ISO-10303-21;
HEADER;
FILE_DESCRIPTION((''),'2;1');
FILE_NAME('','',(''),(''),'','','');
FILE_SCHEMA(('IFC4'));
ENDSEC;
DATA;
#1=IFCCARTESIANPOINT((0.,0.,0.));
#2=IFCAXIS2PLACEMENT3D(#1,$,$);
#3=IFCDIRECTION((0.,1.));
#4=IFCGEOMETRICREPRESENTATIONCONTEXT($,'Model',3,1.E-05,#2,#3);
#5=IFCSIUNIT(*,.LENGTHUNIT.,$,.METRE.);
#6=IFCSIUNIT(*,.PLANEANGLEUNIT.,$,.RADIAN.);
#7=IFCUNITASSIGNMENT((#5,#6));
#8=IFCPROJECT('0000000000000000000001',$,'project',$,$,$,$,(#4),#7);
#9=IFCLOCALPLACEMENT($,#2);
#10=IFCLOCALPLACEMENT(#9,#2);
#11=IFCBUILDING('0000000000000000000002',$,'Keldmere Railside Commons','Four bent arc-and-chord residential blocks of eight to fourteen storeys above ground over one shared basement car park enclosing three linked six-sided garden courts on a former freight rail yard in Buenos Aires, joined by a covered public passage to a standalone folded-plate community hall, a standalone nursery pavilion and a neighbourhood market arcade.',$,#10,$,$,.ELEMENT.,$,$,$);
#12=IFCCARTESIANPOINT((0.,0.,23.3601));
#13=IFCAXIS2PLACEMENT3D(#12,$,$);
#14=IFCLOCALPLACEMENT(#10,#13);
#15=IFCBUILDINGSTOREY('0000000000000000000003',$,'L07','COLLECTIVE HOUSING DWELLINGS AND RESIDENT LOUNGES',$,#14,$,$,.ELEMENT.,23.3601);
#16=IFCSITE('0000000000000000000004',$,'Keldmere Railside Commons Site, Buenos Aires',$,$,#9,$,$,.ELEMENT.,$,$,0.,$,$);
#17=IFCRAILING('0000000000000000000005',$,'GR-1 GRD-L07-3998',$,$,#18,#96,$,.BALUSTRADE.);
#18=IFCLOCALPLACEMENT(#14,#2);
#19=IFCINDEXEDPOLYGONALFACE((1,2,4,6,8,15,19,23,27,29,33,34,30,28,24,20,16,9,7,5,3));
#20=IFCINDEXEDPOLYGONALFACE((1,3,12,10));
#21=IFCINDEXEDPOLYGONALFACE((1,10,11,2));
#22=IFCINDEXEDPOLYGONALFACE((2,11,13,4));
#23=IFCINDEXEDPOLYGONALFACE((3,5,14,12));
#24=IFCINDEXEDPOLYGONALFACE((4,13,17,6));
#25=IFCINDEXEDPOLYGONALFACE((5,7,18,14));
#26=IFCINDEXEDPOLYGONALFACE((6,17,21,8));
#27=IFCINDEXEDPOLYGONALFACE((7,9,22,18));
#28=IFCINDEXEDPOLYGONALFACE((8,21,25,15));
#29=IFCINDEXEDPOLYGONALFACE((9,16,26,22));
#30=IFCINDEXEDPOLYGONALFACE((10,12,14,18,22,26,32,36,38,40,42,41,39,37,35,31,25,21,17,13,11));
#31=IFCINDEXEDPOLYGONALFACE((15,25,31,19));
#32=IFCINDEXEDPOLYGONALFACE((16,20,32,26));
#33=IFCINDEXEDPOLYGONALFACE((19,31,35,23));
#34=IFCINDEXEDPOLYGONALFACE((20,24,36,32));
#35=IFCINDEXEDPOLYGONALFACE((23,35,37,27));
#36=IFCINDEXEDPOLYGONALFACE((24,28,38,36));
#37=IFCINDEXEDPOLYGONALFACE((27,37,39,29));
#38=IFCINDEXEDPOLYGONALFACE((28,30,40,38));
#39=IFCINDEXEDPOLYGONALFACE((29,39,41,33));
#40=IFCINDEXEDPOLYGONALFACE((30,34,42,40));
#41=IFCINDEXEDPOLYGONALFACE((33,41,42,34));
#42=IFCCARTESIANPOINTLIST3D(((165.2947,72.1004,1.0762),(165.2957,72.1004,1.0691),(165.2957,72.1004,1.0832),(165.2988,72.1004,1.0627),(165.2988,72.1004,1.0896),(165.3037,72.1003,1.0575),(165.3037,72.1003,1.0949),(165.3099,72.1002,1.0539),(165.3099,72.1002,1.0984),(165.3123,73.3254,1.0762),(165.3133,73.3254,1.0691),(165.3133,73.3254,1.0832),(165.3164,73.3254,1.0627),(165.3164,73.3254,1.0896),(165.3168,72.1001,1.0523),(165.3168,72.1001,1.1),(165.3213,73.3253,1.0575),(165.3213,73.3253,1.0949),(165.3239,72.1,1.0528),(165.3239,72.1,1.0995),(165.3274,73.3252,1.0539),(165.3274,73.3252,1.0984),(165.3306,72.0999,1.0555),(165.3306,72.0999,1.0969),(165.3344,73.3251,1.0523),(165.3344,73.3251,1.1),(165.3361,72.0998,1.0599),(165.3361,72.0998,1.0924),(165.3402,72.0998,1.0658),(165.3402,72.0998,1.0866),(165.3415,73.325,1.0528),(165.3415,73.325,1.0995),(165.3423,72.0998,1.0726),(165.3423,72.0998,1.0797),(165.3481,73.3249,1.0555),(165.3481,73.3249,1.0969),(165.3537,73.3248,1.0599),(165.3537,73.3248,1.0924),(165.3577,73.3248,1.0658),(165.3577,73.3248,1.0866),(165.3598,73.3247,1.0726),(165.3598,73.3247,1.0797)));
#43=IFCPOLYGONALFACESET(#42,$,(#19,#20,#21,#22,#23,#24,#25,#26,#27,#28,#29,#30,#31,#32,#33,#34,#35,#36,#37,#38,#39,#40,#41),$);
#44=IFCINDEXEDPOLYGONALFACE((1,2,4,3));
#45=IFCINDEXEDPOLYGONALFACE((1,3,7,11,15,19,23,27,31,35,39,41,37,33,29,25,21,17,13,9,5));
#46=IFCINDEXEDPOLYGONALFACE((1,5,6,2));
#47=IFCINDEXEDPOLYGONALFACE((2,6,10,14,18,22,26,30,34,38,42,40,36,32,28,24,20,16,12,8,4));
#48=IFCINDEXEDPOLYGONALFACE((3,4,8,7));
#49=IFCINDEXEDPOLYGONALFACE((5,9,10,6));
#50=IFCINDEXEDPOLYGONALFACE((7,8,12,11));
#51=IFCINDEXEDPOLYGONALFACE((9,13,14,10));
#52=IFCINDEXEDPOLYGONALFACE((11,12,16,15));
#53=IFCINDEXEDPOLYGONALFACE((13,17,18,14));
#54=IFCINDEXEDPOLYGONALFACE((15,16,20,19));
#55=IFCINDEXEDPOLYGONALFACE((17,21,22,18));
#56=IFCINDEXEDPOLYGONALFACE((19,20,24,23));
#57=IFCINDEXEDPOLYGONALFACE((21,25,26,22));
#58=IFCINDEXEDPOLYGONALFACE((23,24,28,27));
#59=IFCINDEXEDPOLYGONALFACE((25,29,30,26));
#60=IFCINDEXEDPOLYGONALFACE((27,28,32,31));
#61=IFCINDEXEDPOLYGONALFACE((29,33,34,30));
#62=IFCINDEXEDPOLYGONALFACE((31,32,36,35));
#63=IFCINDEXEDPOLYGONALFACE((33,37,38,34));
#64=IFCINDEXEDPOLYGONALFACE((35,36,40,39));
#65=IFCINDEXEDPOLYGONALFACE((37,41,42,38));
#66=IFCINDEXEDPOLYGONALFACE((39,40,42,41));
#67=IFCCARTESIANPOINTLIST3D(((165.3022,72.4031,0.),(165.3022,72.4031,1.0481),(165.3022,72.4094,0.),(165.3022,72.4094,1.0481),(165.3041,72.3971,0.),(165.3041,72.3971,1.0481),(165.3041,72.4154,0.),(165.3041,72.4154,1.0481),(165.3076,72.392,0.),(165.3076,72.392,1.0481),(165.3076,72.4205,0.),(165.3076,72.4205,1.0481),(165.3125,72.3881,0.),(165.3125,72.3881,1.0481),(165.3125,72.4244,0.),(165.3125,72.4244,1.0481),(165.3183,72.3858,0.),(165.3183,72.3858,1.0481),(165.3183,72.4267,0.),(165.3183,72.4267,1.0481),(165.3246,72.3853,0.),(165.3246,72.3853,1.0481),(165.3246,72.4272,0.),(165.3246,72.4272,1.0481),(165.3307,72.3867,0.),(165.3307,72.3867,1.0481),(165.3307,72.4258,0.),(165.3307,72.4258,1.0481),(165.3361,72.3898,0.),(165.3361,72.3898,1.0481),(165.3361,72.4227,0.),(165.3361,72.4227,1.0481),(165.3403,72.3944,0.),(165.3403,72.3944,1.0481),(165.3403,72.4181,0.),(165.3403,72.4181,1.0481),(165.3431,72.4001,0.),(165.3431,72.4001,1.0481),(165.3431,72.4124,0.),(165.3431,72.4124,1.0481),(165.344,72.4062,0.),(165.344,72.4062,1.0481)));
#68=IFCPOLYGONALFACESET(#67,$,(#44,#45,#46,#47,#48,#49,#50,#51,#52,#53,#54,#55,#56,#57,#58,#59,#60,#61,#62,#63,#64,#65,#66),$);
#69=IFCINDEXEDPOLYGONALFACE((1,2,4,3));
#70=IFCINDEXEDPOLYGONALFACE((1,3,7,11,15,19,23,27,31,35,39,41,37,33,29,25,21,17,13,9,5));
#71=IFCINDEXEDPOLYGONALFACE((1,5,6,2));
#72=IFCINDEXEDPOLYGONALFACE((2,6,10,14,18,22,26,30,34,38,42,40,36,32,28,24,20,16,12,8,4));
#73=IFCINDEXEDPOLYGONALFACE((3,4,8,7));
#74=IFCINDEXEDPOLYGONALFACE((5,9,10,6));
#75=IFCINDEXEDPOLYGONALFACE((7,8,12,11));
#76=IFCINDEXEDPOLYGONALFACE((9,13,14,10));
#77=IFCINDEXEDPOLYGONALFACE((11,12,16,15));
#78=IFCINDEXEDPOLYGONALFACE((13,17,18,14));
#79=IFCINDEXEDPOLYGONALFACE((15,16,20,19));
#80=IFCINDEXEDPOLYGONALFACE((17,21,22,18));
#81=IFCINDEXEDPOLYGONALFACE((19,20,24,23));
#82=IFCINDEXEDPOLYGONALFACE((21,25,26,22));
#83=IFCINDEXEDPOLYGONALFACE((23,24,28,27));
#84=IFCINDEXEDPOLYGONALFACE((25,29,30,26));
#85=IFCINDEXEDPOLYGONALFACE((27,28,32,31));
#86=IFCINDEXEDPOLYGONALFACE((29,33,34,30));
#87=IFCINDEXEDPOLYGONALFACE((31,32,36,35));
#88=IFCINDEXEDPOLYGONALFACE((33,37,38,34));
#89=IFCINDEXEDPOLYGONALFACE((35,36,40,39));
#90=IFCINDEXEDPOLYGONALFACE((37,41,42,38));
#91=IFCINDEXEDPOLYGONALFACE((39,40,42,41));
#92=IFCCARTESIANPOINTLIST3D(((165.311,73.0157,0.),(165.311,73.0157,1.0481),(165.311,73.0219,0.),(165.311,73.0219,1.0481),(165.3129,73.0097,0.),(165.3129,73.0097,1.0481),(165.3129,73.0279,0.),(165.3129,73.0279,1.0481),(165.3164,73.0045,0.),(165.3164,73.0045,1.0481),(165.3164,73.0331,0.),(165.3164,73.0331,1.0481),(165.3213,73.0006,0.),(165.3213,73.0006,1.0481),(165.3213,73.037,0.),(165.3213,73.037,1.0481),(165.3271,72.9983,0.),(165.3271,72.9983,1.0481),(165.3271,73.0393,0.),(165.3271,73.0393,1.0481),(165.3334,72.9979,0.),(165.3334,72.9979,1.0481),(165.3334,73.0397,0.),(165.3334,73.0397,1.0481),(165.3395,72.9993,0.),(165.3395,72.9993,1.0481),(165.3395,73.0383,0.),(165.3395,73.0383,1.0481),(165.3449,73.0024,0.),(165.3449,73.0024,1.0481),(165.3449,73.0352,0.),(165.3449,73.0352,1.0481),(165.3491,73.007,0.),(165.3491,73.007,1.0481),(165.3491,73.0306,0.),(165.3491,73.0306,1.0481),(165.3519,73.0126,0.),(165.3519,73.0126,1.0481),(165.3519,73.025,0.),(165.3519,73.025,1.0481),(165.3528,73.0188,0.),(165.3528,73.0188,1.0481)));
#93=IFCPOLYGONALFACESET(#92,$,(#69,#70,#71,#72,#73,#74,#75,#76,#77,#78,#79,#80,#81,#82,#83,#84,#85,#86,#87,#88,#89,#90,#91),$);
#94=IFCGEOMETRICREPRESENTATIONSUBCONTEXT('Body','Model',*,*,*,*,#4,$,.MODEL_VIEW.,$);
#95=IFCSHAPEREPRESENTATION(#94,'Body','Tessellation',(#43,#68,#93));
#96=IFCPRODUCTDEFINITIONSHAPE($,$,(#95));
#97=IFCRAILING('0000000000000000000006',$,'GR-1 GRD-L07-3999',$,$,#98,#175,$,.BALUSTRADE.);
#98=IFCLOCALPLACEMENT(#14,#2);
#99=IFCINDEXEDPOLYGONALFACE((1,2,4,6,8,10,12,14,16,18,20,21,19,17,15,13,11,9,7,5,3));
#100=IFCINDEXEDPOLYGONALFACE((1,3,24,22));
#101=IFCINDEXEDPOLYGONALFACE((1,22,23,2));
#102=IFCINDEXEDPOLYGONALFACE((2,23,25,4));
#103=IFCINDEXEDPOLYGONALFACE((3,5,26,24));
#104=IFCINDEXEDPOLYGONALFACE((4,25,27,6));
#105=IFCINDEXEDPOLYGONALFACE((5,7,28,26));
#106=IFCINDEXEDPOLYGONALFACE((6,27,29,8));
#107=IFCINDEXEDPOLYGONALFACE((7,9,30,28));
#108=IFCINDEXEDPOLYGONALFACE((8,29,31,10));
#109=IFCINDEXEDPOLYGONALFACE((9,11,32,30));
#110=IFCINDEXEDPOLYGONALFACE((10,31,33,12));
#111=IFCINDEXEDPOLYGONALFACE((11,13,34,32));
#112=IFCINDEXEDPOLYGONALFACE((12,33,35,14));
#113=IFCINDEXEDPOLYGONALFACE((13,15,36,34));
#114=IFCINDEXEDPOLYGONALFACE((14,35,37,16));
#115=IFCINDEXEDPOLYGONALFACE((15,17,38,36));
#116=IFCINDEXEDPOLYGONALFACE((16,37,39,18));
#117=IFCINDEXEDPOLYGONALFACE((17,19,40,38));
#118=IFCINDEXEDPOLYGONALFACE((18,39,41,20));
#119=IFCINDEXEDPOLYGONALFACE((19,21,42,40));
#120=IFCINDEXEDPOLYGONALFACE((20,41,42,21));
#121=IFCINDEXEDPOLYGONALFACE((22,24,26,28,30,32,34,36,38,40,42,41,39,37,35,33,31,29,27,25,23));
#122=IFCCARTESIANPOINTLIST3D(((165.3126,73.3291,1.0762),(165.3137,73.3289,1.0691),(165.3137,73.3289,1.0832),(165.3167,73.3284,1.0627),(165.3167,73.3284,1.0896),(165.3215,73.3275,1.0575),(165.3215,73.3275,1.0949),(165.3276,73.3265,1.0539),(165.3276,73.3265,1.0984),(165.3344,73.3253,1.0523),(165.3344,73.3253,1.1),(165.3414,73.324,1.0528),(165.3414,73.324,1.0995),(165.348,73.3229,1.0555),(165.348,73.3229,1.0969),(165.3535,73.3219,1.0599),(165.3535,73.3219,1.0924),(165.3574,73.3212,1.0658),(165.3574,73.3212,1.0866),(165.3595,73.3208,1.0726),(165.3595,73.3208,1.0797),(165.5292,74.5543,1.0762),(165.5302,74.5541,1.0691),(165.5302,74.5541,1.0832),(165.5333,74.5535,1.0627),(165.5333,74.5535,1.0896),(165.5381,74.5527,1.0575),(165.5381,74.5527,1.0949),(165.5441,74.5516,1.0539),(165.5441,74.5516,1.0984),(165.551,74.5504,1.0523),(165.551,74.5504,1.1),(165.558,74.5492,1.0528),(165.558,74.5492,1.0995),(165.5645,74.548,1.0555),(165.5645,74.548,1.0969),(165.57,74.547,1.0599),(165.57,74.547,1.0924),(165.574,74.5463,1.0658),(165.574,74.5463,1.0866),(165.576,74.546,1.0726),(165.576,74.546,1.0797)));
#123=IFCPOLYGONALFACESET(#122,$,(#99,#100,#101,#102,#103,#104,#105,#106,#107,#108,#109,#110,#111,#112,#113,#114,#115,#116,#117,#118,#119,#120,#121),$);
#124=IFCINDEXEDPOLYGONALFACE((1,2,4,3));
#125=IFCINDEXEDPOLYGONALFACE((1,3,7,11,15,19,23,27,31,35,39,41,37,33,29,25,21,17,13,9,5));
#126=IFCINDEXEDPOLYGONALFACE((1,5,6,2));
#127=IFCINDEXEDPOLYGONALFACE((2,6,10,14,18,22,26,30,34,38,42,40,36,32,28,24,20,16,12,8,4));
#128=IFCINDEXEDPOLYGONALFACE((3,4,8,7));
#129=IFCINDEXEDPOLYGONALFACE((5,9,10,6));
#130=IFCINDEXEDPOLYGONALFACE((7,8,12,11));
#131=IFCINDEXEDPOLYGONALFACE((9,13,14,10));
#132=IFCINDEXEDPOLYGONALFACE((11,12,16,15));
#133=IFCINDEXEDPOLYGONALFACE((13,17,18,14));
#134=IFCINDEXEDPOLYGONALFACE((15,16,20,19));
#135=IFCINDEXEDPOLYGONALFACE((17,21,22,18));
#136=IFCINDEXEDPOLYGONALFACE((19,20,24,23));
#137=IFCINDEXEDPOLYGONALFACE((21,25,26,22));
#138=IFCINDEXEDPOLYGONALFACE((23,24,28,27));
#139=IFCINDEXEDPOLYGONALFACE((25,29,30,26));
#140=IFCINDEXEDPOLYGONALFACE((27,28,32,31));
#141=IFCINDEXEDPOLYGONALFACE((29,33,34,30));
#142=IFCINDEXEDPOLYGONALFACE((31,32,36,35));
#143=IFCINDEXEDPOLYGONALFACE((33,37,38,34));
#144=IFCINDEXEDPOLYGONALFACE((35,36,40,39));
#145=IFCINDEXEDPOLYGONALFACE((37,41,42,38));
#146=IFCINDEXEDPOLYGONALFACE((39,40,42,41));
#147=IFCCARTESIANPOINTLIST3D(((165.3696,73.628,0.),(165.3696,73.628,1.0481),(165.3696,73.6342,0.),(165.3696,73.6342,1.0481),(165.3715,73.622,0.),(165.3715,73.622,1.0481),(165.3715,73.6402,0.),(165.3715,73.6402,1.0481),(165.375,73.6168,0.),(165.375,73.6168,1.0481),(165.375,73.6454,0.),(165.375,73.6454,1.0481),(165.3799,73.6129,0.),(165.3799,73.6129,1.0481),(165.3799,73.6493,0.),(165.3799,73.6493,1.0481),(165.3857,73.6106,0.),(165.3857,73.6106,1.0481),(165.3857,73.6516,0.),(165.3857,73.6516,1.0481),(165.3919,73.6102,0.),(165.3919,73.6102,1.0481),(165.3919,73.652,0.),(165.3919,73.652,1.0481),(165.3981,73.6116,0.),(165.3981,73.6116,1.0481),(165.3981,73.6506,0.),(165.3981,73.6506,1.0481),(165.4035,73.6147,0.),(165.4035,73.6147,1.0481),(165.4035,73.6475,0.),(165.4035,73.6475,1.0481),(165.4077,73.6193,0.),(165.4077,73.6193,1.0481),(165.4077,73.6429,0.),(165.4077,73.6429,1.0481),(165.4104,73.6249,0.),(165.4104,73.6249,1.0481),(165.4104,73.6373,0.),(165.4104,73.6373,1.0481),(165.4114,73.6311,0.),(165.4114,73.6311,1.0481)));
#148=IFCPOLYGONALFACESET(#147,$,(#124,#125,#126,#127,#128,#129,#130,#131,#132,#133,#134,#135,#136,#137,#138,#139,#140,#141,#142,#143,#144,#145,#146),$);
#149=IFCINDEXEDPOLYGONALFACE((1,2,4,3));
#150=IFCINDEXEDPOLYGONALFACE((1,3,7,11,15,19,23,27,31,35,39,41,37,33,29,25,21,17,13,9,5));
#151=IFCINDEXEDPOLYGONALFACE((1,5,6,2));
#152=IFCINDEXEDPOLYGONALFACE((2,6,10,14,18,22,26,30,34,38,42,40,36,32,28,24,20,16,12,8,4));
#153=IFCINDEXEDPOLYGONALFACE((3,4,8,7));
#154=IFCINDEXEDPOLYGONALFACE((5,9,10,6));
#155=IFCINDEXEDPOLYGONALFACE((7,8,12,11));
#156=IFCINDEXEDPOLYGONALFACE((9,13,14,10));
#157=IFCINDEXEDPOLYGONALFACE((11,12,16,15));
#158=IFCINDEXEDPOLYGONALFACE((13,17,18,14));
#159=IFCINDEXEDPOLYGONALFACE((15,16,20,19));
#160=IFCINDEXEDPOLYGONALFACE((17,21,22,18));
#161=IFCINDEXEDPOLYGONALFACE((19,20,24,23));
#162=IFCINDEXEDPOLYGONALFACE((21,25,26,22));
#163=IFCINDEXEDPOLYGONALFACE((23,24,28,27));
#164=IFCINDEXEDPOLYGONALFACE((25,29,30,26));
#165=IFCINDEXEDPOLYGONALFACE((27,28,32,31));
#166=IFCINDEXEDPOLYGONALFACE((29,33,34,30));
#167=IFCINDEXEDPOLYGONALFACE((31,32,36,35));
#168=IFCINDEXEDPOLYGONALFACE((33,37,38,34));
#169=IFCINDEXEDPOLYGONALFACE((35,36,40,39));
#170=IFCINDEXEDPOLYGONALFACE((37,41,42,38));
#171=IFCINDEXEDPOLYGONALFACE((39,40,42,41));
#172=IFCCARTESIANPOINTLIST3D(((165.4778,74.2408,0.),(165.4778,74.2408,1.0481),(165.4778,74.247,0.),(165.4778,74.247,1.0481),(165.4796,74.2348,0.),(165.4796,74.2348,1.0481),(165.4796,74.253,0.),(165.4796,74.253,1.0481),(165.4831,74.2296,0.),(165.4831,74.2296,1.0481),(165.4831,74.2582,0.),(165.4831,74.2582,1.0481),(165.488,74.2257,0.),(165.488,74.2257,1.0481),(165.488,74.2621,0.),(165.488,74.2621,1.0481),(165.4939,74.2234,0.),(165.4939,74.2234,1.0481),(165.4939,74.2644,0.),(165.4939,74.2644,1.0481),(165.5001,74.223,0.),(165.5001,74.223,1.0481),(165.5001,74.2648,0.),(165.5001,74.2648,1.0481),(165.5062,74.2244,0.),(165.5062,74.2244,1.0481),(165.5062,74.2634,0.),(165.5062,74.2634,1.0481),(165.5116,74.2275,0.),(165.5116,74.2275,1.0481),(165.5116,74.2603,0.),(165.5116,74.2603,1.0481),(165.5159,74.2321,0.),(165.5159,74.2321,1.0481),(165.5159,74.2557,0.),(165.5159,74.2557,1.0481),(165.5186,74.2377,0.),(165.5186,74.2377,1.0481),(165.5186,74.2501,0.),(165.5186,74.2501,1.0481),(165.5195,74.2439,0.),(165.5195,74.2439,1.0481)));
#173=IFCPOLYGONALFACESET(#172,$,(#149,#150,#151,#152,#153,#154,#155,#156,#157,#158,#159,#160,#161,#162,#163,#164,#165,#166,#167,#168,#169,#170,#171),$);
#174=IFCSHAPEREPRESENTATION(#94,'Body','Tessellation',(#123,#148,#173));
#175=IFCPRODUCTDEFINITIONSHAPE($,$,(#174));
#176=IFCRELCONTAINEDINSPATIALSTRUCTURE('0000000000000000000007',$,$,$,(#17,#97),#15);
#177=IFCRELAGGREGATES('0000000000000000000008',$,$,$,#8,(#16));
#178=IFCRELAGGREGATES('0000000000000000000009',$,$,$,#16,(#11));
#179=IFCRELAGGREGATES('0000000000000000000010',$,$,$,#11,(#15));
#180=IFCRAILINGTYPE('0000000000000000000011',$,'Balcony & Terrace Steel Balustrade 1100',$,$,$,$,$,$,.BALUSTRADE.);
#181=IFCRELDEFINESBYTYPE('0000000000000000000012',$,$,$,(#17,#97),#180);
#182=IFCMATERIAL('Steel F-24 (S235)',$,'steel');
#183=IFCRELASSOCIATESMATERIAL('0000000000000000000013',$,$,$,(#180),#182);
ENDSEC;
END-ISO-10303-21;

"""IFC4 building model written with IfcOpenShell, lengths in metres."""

from ifc_helpers import new_model, si_unit, direction, frame, origin, origin_2d, place, context, subcontext, project, spatial, circle, extrude, material, type_object, element, save


model = new_model("IFC4")

# Units and contexts
model_context = context("Model", 3, precision=1e-05, world=origin(), true_north=direction((0.0, 1.0)))
body_context = subcontext(model_context, "Body", "Model", "MODEL_VIEW")
ifc_project = project(units=[si_unit("LENGTHUNIT", "METRE"), si_unit("PLANEANGLEUNIT", "RADIAN")], contexts=[model_context])

# Site, building, storey
site_placement = place(None, origin())
site = spatial("IfcSite", under=ifc_project, at=site_placement, Name="Keldmere Railside Commons Site, Buenos Aires", CompositionType="ELEMENT", RefElevation=0.0)
building_placement = place(site_placement, origin())
building = spatial("IfcBuilding", under=site, at=building_placement, Name="Keldmere Railside Commons", Description="Four bent arc-and-chord residential blocks of eight to fourteen storeys above ground over one shared basement car park enclosing three linked six-sided garden courts on a former freight rail yard in Buenos Aires, joined by a covered public passage to a standalone folded-plate community hall, a standalone nursery pavilion and a neighbourhood market arcade.", CompositionType="ELEMENT")
storey_placement = place(building_placement, frame((0.0, 0.0, 23.3601)))
storey = spatial("IfcBuildingStorey", under=building, at=storey_placement, Name="L07", Description="COLLECTIVE HOUSING DWELLINGS AND RESIDENT LOUNGES", CompositionType="ELEMENT", Elevation=23.3601)

# Railings
ifc_material_1 = material(Name="Steel F-24 (S235)", Category="steel")
railing_type = type_object("IfcRailingType", Name="Balcony & Terrace Steel Balustrade 1100", PredefinedType="BALUSTRADE", material=ifc_material_1)
railing_1_placement = place(storey_placement, frame((165.3186, 72.1001, 0.0)))
element("IfcRailing", 1, at=railing_1_placement, inside=storey, type_object=railing_type, Name="GR-1 GRD-L07-3998", PredefinedType="BALUSTRADE", context=body_context, shape_type="SweptSolid", body=[
    extrude(circle(Radius=0.0239, at=origin_2d()), frame((0.0, 0.0, 1.0762), z_axis=(0.01435, 0.999897, 0.0), x_axis=(-0.999897, 0.01435, 0.0)), (0.0, 0.0, 1.0), 1.2251),
    extrude(circle(Radius=0.021, at=origin_2d()), frame((0.0044, 0.3062, 0.0)), (0.0, 0.0, 1.0), 1.0481),
    extrude(circle(Radius=0.021, at=origin_2d()), frame((0.0132, 0.9187, 0.0)), (0.0, 0.0, 1.0), 1.0481),
])
railing_2_placement = place(storey_placement, frame((165.3362, 73.325, 0.0)))
element("IfcRailing", 2, at=railing_2_placement, inside=storey, type_object=railing_type, Name="GR-1 GRD-L07-3999", PredefinedType="BALUSTRADE", context=body_context, shape_type="SweptSolid", body=[
    extrude(circle(Radius=0.0239, at=origin_2d()), frame((0.0, 0.0, 1.0762), z_axis=(0.174065, 0.984734, 0.0), x_axis=(-0.984734, 0.174065, 0.0)), (0.0, 0.0, 1.0), 1.2441),
    extrude(circle(Radius=0.021, at=origin_2d()), frame((0.0542, 0.3062, 0.0)), (0.0, 0.0, 1.0), 1.0481),
    extrude(circle(Radius=0.021, at=origin_2d()), frame((0.1624, 0.9189, 0.0)), (0.0, 0.0, 1.0), 1.0481),
])

save(model, "model.ifc")
